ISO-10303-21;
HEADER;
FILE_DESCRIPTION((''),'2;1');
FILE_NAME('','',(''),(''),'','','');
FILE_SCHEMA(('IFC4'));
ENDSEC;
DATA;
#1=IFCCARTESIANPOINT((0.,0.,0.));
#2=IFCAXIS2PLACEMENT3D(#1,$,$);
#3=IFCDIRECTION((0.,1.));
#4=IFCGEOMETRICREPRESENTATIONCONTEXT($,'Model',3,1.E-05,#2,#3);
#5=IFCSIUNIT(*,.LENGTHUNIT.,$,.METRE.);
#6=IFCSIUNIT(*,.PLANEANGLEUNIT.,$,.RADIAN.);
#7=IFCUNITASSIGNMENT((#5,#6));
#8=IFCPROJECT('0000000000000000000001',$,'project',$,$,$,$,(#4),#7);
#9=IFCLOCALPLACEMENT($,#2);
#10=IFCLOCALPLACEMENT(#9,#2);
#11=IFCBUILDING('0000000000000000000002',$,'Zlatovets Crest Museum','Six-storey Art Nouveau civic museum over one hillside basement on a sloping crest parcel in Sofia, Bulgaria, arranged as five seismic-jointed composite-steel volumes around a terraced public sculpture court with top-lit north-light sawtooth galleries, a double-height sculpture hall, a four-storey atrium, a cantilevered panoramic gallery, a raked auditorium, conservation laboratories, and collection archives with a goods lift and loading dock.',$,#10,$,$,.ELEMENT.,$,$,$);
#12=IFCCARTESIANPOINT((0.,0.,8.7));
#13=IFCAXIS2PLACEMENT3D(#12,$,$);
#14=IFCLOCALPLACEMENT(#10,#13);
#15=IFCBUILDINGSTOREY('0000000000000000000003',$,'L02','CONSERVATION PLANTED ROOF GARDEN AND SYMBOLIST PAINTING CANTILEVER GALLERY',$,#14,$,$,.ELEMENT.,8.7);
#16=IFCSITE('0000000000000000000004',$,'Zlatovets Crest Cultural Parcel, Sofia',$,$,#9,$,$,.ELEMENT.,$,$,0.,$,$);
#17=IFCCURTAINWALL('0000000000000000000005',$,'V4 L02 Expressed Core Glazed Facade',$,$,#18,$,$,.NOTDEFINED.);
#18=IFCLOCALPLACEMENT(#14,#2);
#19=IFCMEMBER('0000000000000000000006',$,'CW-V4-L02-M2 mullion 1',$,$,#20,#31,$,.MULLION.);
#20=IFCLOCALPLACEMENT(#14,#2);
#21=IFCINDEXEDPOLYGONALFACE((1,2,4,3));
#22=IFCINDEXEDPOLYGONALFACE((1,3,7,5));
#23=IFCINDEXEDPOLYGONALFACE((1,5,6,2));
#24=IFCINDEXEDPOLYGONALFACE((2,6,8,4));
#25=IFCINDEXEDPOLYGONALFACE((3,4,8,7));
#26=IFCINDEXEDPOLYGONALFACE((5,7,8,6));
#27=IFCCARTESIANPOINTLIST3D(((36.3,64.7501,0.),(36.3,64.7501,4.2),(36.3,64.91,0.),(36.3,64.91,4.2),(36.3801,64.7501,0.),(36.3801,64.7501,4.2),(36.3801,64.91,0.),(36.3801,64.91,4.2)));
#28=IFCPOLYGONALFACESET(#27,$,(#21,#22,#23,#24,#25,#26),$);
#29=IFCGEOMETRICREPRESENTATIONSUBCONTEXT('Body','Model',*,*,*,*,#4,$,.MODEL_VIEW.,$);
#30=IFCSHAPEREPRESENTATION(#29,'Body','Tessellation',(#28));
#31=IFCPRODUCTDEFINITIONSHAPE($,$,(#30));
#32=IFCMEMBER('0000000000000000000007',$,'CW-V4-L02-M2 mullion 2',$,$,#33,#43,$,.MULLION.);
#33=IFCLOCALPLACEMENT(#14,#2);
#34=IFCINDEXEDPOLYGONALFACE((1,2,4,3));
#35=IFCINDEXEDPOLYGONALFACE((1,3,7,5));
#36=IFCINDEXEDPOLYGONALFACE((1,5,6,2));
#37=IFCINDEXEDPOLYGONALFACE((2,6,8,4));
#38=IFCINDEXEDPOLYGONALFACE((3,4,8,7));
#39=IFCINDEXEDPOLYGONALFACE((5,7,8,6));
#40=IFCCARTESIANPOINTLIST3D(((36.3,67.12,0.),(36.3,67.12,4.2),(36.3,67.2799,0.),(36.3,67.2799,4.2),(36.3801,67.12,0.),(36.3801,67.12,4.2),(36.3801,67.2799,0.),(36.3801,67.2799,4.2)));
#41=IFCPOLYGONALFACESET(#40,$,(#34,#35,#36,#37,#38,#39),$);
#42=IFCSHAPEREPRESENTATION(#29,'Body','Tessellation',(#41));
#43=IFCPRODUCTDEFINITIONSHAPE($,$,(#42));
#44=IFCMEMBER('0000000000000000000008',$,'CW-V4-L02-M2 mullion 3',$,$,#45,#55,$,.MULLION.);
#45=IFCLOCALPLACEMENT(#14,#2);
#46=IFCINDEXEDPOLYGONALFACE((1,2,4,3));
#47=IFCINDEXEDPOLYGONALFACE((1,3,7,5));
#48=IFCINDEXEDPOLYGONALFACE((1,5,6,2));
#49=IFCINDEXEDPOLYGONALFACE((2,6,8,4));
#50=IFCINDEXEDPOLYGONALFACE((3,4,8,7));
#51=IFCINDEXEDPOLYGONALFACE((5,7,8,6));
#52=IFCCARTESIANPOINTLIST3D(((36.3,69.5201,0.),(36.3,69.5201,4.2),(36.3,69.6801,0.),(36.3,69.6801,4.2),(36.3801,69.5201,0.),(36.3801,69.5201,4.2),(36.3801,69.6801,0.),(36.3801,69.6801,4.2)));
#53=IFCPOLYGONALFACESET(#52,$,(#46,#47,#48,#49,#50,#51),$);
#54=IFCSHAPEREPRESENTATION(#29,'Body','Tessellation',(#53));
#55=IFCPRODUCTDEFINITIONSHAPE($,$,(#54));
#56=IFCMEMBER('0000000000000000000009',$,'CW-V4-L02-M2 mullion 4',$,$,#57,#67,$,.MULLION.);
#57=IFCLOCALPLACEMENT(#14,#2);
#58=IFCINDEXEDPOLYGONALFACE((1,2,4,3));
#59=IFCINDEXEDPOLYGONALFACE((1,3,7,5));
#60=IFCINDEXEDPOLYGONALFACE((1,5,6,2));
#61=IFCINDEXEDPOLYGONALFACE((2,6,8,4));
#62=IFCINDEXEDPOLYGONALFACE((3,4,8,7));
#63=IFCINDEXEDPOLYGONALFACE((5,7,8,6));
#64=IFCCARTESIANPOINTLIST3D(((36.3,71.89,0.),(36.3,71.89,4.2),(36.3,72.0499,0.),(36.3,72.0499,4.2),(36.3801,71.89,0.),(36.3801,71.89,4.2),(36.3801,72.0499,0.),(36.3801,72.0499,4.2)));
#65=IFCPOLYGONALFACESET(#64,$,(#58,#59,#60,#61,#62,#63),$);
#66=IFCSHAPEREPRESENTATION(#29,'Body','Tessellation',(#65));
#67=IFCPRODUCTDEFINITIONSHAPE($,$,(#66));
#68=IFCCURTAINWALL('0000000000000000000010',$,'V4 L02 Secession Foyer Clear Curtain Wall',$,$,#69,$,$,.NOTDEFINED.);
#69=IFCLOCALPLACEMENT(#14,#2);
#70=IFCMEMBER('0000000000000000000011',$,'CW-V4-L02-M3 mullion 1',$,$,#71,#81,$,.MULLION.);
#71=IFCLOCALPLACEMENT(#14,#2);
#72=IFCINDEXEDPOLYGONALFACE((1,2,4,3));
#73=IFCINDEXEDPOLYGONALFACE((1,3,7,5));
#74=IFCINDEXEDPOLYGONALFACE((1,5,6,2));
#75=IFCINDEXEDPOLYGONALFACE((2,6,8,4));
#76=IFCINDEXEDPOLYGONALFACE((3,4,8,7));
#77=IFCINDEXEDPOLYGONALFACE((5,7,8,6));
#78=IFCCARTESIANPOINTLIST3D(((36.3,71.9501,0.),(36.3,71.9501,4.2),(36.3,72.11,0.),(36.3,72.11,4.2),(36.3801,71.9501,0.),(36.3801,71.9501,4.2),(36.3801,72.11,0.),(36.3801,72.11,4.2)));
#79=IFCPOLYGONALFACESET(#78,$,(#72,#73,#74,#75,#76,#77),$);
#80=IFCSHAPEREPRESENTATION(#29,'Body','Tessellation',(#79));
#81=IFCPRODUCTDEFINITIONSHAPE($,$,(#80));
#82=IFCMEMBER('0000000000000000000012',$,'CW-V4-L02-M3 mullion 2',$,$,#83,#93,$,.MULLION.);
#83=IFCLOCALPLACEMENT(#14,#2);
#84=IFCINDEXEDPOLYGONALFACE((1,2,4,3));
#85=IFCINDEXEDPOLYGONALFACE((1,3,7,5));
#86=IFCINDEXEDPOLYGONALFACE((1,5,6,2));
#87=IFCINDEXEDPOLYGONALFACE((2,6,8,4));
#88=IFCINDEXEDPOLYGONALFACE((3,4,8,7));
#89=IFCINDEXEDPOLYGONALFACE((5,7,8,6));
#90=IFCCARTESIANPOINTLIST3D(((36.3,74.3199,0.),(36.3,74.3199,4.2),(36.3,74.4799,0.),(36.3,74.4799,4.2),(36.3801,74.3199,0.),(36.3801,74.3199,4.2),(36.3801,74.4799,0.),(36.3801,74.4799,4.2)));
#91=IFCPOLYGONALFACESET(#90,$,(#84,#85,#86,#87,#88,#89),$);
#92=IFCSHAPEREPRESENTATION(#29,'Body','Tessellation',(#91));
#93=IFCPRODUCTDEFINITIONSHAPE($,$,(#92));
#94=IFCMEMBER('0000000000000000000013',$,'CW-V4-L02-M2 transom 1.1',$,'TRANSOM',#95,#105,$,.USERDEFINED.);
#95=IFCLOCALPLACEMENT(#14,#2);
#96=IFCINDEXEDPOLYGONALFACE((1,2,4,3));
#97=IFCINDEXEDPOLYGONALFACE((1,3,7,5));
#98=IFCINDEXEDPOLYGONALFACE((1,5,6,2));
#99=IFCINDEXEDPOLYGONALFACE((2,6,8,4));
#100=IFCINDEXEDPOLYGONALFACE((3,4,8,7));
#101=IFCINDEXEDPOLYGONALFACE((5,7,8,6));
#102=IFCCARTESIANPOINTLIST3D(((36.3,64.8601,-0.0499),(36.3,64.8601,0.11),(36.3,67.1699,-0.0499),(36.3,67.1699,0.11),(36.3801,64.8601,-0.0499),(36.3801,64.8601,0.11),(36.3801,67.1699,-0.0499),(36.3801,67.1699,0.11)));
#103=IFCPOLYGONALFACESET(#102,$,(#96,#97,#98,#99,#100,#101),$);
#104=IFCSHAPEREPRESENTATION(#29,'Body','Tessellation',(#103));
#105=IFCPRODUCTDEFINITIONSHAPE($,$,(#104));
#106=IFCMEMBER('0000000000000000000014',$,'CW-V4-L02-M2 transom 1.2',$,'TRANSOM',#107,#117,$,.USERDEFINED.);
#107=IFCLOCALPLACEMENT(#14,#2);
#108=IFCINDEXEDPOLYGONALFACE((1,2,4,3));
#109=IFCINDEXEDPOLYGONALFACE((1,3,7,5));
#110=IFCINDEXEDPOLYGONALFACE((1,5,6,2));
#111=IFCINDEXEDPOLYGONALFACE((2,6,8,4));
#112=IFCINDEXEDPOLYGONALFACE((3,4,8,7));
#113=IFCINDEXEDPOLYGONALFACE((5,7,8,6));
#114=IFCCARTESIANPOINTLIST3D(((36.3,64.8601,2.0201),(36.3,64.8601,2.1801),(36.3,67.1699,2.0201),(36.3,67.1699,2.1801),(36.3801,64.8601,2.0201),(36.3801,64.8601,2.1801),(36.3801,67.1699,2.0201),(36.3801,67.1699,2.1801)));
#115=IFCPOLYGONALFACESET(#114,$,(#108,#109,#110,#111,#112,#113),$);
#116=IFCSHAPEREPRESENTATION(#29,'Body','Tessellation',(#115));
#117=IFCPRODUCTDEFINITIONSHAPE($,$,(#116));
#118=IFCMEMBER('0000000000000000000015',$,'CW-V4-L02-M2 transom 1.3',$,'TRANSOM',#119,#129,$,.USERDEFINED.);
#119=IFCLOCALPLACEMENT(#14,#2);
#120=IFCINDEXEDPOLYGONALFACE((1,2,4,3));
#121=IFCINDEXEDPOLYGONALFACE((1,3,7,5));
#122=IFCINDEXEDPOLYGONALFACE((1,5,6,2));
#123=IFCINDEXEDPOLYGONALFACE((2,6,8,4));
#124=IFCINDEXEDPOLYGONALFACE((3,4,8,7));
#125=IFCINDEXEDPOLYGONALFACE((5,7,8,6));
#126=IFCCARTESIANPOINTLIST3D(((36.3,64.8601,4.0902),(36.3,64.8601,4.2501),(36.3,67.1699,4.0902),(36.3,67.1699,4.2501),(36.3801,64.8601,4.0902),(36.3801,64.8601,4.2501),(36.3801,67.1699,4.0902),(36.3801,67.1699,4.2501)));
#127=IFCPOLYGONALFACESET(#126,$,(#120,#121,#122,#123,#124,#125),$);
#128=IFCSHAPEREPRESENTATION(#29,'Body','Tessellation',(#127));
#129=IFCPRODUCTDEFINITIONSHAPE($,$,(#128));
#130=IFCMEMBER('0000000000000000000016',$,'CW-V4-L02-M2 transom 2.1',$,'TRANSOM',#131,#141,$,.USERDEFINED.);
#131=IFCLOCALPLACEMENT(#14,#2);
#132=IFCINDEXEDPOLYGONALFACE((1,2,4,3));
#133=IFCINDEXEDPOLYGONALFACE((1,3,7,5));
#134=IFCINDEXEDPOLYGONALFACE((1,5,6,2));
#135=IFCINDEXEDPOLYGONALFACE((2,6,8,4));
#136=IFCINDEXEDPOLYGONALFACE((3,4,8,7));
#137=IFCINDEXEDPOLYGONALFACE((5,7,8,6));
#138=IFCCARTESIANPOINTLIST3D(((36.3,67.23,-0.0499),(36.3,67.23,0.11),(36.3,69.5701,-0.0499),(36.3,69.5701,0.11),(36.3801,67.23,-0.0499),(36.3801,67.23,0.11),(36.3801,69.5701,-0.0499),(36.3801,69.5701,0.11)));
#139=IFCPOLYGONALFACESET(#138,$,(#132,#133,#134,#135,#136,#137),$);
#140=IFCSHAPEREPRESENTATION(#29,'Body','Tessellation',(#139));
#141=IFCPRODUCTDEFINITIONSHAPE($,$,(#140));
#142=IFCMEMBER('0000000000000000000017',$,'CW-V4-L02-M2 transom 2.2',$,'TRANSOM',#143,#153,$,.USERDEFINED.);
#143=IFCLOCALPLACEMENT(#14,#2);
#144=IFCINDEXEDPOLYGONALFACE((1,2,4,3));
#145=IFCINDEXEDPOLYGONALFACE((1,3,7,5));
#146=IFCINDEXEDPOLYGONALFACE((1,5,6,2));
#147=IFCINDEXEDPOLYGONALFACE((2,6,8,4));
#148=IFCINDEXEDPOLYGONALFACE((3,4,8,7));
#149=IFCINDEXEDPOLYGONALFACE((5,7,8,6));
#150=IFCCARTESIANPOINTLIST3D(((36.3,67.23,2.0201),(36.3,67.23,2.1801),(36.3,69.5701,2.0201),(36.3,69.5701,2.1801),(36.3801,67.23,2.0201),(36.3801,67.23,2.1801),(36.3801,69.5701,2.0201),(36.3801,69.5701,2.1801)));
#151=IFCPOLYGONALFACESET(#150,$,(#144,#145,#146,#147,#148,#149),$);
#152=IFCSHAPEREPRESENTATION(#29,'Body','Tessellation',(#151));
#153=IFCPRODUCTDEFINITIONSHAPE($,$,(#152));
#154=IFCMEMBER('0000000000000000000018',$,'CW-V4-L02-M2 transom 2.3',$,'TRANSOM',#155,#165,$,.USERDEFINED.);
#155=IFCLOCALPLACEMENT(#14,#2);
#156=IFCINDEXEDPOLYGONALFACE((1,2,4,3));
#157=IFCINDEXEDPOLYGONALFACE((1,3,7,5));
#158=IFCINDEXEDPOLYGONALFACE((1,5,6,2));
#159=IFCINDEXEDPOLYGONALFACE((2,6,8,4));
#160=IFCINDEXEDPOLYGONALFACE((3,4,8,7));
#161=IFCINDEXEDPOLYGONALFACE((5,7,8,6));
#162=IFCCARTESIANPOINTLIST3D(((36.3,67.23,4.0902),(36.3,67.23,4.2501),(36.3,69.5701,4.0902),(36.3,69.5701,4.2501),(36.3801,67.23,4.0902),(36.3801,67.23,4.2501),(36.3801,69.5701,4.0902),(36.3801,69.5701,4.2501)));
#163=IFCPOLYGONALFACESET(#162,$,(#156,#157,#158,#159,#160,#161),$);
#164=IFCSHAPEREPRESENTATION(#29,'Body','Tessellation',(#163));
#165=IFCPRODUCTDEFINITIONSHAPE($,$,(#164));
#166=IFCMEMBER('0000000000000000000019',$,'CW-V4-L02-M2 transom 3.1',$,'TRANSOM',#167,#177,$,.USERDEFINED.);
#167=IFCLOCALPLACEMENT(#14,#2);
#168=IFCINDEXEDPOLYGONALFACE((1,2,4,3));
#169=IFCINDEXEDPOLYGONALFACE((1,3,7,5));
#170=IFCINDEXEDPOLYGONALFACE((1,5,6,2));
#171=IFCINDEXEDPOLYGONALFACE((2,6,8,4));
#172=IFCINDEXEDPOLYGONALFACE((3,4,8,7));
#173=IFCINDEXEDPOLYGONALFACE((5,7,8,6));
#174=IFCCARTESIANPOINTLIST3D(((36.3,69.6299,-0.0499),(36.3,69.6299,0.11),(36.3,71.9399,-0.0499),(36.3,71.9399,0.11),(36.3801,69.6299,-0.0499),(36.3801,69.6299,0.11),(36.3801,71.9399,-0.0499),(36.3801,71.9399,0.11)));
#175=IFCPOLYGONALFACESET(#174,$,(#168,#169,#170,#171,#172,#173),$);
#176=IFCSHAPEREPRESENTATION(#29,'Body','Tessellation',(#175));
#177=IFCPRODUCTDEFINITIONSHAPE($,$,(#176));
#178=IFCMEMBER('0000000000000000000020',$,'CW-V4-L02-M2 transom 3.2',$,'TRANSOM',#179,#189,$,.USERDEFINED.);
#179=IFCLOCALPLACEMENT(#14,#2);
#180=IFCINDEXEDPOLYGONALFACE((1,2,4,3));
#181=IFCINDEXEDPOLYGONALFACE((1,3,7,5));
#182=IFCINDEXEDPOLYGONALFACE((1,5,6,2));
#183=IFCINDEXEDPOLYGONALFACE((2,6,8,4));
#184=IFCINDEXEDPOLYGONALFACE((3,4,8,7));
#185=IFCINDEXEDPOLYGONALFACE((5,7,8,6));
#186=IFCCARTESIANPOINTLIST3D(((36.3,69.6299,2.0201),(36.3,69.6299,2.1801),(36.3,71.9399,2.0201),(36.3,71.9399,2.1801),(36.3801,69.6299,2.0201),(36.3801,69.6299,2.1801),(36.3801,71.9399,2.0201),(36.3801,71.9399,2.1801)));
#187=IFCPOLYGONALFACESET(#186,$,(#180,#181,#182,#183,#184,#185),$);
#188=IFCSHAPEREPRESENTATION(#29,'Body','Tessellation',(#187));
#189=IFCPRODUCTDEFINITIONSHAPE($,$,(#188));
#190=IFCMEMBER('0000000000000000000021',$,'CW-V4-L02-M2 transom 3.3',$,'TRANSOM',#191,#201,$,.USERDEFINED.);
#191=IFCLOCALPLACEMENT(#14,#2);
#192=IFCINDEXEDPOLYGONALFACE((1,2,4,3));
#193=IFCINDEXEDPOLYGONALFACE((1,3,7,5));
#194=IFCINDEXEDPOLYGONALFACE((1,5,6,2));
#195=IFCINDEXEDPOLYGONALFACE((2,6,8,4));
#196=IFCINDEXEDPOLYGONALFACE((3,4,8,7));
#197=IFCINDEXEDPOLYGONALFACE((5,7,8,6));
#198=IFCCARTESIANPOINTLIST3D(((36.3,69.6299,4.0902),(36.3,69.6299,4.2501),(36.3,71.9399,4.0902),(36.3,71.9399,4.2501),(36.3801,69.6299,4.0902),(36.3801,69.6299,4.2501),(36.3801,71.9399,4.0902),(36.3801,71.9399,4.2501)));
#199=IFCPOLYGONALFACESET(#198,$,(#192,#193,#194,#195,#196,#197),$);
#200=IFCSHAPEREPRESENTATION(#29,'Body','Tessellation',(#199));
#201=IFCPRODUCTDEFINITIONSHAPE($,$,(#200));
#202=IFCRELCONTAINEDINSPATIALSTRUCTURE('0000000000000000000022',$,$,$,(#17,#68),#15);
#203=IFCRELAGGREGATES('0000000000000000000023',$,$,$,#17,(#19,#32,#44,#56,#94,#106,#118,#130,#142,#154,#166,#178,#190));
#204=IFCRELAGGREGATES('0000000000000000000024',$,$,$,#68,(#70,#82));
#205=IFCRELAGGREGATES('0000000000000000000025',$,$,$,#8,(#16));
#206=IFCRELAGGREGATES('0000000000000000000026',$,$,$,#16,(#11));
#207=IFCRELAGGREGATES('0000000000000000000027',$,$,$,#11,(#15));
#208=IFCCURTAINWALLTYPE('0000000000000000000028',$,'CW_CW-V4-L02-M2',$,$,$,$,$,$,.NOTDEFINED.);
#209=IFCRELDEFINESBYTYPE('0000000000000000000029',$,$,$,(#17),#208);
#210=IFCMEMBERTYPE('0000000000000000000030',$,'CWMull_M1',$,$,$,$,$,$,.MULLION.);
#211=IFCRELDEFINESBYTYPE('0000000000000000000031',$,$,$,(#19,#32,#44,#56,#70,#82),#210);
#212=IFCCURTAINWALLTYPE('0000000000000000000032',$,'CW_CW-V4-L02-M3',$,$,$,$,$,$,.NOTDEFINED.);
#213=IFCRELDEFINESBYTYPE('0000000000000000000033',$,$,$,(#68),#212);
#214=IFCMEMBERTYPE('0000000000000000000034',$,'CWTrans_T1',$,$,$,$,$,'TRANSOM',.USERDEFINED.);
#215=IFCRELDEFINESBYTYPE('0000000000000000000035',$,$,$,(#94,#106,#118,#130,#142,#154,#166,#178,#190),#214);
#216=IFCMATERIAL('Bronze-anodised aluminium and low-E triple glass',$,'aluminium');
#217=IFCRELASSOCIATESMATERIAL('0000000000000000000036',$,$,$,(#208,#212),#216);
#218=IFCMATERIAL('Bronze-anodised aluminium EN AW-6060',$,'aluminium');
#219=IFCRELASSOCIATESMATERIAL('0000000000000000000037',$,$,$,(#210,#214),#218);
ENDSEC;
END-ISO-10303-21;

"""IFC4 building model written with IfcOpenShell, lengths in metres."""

from ifc_helpers import new_model, si_unit, direction, frame, origin, origin_2d, place, context, subcontext, project, spatial, rectangle, extrude, material, material_profile, profile_set, type_object, element, aggregate, save


model = new_model("IFC4")

# Units and contexts
model_context = context("Model", 3, precision=1e-05, world=origin(), true_north=direction((0.0, 1.0)))
body_context = subcontext(model_context, "Body", "Model", "MODEL_VIEW")
ifc_project = project(units=[si_unit("LENGTHUNIT", "METRE"), si_unit("PLANEANGLEUNIT", "RADIAN")], contexts=[model_context])

# Site, building, storey
site_placement = place(None, origin())
site = spatial("IfcSite", under=ifc_project, at=site_placement, Name="Zlatovets Crest Cultural Parcel, Sofia", CompositionType="ELEMENT", RefElevation=0.0)
building_placement = place(site_placement, origin())
building = spatial("IfcBuilding", under=site, at=building_placement, Name="Zlatovets Crest Museum", Description="Six-storey Art Nouveau civic museum over one hillside basement on a sloping crest parcel in Sofia, Bulgaria, arranged as five seismic-jointed composite-steel volumes around a terraced public sculpture court with top-lit north-light sawtooth galleries, a double-height sculpture hall, a four-storey atrium, a cantilevered panoramic gallery, a raked auditorium, conservation laboratories, and collection archives with a goods lift and loading dock.", CompositionType="ELEMENT")
storey_placement = place(building_placement, frame((0.0, 0.0, 8.7)))
storey = spatial("IfcBuildingStorey", under=building, at=storey_placement, Name="L02", Description="CONSERVATION PLANTED ROOF GARDEN AND SYMBOLIST PAINTING CANTILEVER GALLERY", CompositionType="ELEMENT", Elevation=8.7)

# Curtain walls, members
ifc_material_1 = material(Name="Bronze-anodised aluminium and low-E triple glass", Category="aluminium")
curtain_wall_type_1 = type_object("IfcCurtainWallType", Name="CW_CW-V4-L02-M2", PredefinedType="NOTDEFINED", material=ifc_material_1)
curtain_wall_1_placement = place(storey_placement, origin())
curtain_wall_1 = element("IfcCurtainWall", 1, at=curtain_wall_1_placement, inside=storey, type_object=curtain_wall_type_1, Name="V4 L02 Expressed Core Glazed Facade", PredefinedType="NOTDEFINED")
ifc_material_2 = material(Name="Bronze-anodised aluminium EN AW-6060", Category="aluminium")
ifc_material_profile_1 = material_profile(ifc_material_2, rectangle(XDim=0.0801, YDim=0.1599, at=origin_2d()), Name="ALU 80x160")
ifc_profile_set_1 = profile_set([ifc_material_profile_1], Name="Bronze-anodised aluminium EN AW-6060")
member_type_1 = type_object("IfcMemberType", Name="CWMull_M1", PredefinedType="MULLION", material=ifc_profile_set_1)
member_1_placement = place(storey_placement, frame((36.3401, 64.8301, 0.0), z_axis=(0.0, 0.0, 1.0), x_axis=(-1.0, 0.0, 0.0)))
member_1 = element("IfcMember", 2, at=member_1_placement, type_object=member_type_1, Name="CW-V4-L02-M2 mullion 1", PredefinedType="MULLION", context=body_context, shape_type="SweptSolid", body=[
    extrude(rectangle(XDim=0.0801, YDim=0.1599, at=origin_2d()), origin(), (0.0, 0.0, 1.0), 4.2),
])
member_2_placement = place(storey_placement, frame((36.3401, 67.2, 0.0), z_axis=(0.0, 0.0, 1.0), x_axis=(-1.0, 0.0, 0.0)))
member_2 = element("IfcMember", 3, at=member_2_placement, type_object=member_type_1, Name="CW-V4-L02-M2 mullion 2", PredefinedType="MULLION", context=body_context, shape_type="SweptSolid", body=[
    extrude(rectangle(XDim=0.0801, YDim=0.1599, at=origin_2d()), origin(), (0.0, 0.0, 1.0), 4.2),
])
member_3_placement = place(storey_placement, frame((36.3401, 69.6001, 0.0), z_axis=(0.0, 0.0, 1.0), x_axis=(-1.0, 0.0, 0.0)))
member_3 = element("IfcMember", 4, at=member_3_placement, type_object=member_type_1, Name="CW-V4-L02-M2 mullion 3", PredefinedType="MULLION", context=body_context, shape_type="SweptSolid", body=[
    extrude(rectangle(XDim=0.0801, YDim=0.1599, at=origin_2d()), origin(), (0.0, 0.0, 1.0), 4.2),
])
member_4_placement = place(storey_placement, frame((36.3401, 71.97, 0.0), z_axis=(0.0, 0.0, 1.0), x_axis=(-1.0, 0.0, 0.0)))
member_4 = element("IfcMember", 5, at=member_4_placement, type_object=member_type_1, Name="CW-V4-L02-M2 mullion 4", PredefinedType="MULLION", context=body_context, shape_type="SweptSolid", body=[
    extrude(rectangle(XDim=0.0801, YDim=0.1599, at=origin_2d()), origin(), (0.0, 0.0, 1.0), 4.2),
])
curtain_wall_type_2 = type_object("IfcCurtainWallType", Name="CW_CW-V4-L02-M3", PredefinedType="NOTDEFINED", material=ifc_material_1)
curtain_wall_2_placement = place(storey_placement, origin())
curtain_wall_2 = element("IfcCurtainWall", 6, at=curtain_wall_2_placement, inside=storey, type_object=curtain_wall_type_2, Name="V4 L02 Secession Foyer Clear Curtain Wall", PredefinedType="NOTDEFINED")
member_5_placement = place(storey_placement, frame((36.3401, 72.03, 0.0), z_axis=(0.0, 0.0, 1.0), x_axis=(-1.0, 0.0, 0.0)))
member_5 = element("IfcMember", 7, at=member_5_placement, type_object=member_type_1, Name="CW-V4-L02-M3 mullion 1", PredefinedType="MULLION", context=body_context, shape_type="SweptSolid", body=[
    extrude(rectangle(XDim=0.0801, YDim=0.1599, at=origin_2d()), origin(), (0.0, 0.0, 1.0), 4.2),
])
member_6_placement = place(storey_placement, frame((36.3401, 74.3999, 0.0), z_axis=(0.0, 0.0, 1.0), x_axis=(-1.0, 0.0, 0.0)))
member_6 = element("IfcMember", 8, at=member_6_placement, type_object=member_type_1, Name="CW-V4-L02-M3 mullion 2", PredefinedType="MULLION", context=body_context, shape_type="SweptSolid", body=[
    extrude(rectangle(XDim=0.0801, YDim=0.1599, at=origin_2d()), origin(), (0.0, 0.0, 1.0), 4.2),
])

# Members
ifc_material_profile_2 = material_profile(ifc_material_2, rectangle(XDim=0.0801, YDim=0.1599, at=origin_2d()), Name="ALU 80x160")
ifc_profile_set_2 = profile_set([ifc_material_profile_2], Name="Bronze-anodised aluminium EN AW-6060")
member_type_2 = type_object("IfcMemberType", Name="CWTrans_T1", ElementType="TRANSOM", PredefinedType="USERDEFINED", material=ifc_profile_set_2)
member_7_placement = place(storey_placement, frame((36.3401, 64.8601, 0.03), z_axis=(0.0, 1.0, 0.0), x_axis=(-1.0, 0.0, 0.0)))
member_7 = element("IfcMember", 9, at=member_7_placement, type_object=member_type_2, Name="CW-V4-L02-M2 transom 1.1", ObjectType="TRANSOM", PredefinedType="USERDEFINED", context=body_context, shape_type="SweptSolid", body=[
    extrude(rectangle(XDim=0.0801, YDim=0.1599, at=origin_2d()), origin(), (0.0, 0.0, 1.0), 2.3098),
])
member_8_placement = place(storey_placement, frame((36.3401, 64.8601, 2.1001), z_axis=(0.0, 1.0, 0.0), x_axis=(-1.0, 0.0, 0.0)))
member_8 = element("IfcMember", 10, at=member_8_placement, type_object=member_type_2, Name="CW-V4-L02-M2 transom 1.2", ObjectType="TRANSOM", PredefinedType="USERDEFINED", context=body_context, shape_type="SweptSolid", body=[
    extrude(rectangle(XDim=0.0801, YDim=0.1599, at=origin_2d()), origin(), (0.0, 0.0, 1.0), 2.3098),
])
member_9_placement = place(storey_placement, frame((36.3401, 64.8601, 4.1702), z_axis=(0.0, 1.0, 0.0), x_axis=(-1.0, 0.0, 0.0)))
member_9 = element("IfcMember", 11, at=member_9_placement, type_object=member_type_2, Name="CW-V4-L02-M2 transom 1.3", ObjectType="TRANSOM", PredefinedType="USERDEFINED", context=body_context, shape_type="SweptSolid", body=[
    extrude(rectangle(XDim=0.0801, YDim=0.1599, at=origin_2d()), origin(), (0.0, 0.0, 1.0), 2.3098),
])
member_10_placement = place(storey_placement, frame((36.3401, 67.23, 0.03), z_axis=(0.0, 1.0, 0.0), x_axis=(-1.0, 0.0, 0.0)))
member_10 = element("IfcMember", 12, at=member_10_placement, type_object=member_type_2, Name="CW-V4-L02-M2 transom 2.1", ObjectType="TRANSOM", PredefinedType="USERDEFINED", context=body_context, shape_type="SweptSolid", body=[
    extrude(rectangle(XDim=0.0801, YDim=0.1599, at=origin_2d()), origin(), (0.0, 0.0, 1.0), 2.3401),
])
member_11_placement = place(storey_placement, frame((36.3401, 67.23, 2.1001), z_axis=(0.0, 1.0, 0.0), x_axis=(-1.0, 0.0, 0.0)))
member_11 = element("IfcMember", 13, at=member_11_placement, type_object=member_type_2, Name="CW-V4-L02-M2 transom 2.2", ObjectType="TRANSOM", PredefinedType="USERDEFINED", context=body_context, shape_type="SweptSolid", body=[
    extrude(rectangle(XDim=0.0801, YDim=0.1599, at=origin_2d()), origin(), (0.0, 0.0, 1.0), 2.3401),
])
member_12_placement = place(storey_placement, frame((36.3401, 67.23, 4.1702), z_axis=(0.0, 1.0, 0.0), x_axis=(-1.0, 0.0, 0.0)))
member_12 = element("IfcMember", 14, at=member_12_placement, type_object=member_type_2, Name="CW-V4-L02-M2 transom 2.3", ObjectType="TRANSOM", PredefinedType="USERDEFINED", context=body_context, shape_type="SweptSolid", body=[
    extrude(rectangle(XDim=0.0801, YDim=0.1599, at=origin_2d()), origin(), (0.0, 0.0, 1.0), 2.3401),
])
member_13_placement = place(storey_placement, frame((36.3401, 69.6299, 0.03), z_axis=(0.0, 1.0, 0.0), x_axis=(-1.0, 0.0, 0.0)))
member_13 = element("IfcMember", 15, at=member_13_placement, type_object=member_type_2, Name="CW-V4-L02-M2 transom 3.1", ObjectType="TRANSOM", PredefinedType="USERDEFINED", context=body_context, shape_type="SweptSolid", body=[
    extrude(rectangle(XDim=0.0801, YDim=0.1599, at=origin_2d()), origin(), (0.0, 0.0, 1.0), 2.3101),
])
member_14_placement = place(storey_placement, frame((36.3401, 69.6299, 2.1001), z_axis=(0.0, 1.0, 0.0), x_axis=(-1.0, 0.0, 0.0)))
member_14 = element("IfcMember", 16, at=member_14_placement, type_object=member_type_2, Name="CW-V4-L02-M2 transom 3.2", ObjectType="TRANSOM", PredefinedType="USERDEFINED", context=body_context, shape_type="SweptSolid", body=[
    extrude(rectangle(XDim=0.0801, YDim=0.1599, at=origin_2d()), origin(), (0.0, 0.0, 1.0), 2.3101),
])
member_15_placement = place(storey_placement, frame((36.3401, 69.6299, 4.1702), z_axis=(0.0, 1.0, 0.0), x_axis=(-1.0, 0.0, 0.0)))
member_15 = element("IfcMember", 17, at=member_15_placement, type_object=member_type_2, Name="CW-V4-L02-M2 transom 3.3", ObjectType="TRANSOM", PredefinedType="USERDEFINED", context=body_context, shape_type="SweptSolid", body=[
    extrude(rectangle(XDim=0.0801, YDim=0.1599, at=origin_2d()), origin(), (0.0, 0.0, 1.0), 2.3101),
])

aggregate(curtain_wall_1, [member_1, member_2, member_3, member_4, member_7, member_8, member_9, member_10, member_11, member_12, member_13, member_14, member_15])
aggregate(curtain_wall_2, [member_5, member_6])

save(model, "model.ifc")
